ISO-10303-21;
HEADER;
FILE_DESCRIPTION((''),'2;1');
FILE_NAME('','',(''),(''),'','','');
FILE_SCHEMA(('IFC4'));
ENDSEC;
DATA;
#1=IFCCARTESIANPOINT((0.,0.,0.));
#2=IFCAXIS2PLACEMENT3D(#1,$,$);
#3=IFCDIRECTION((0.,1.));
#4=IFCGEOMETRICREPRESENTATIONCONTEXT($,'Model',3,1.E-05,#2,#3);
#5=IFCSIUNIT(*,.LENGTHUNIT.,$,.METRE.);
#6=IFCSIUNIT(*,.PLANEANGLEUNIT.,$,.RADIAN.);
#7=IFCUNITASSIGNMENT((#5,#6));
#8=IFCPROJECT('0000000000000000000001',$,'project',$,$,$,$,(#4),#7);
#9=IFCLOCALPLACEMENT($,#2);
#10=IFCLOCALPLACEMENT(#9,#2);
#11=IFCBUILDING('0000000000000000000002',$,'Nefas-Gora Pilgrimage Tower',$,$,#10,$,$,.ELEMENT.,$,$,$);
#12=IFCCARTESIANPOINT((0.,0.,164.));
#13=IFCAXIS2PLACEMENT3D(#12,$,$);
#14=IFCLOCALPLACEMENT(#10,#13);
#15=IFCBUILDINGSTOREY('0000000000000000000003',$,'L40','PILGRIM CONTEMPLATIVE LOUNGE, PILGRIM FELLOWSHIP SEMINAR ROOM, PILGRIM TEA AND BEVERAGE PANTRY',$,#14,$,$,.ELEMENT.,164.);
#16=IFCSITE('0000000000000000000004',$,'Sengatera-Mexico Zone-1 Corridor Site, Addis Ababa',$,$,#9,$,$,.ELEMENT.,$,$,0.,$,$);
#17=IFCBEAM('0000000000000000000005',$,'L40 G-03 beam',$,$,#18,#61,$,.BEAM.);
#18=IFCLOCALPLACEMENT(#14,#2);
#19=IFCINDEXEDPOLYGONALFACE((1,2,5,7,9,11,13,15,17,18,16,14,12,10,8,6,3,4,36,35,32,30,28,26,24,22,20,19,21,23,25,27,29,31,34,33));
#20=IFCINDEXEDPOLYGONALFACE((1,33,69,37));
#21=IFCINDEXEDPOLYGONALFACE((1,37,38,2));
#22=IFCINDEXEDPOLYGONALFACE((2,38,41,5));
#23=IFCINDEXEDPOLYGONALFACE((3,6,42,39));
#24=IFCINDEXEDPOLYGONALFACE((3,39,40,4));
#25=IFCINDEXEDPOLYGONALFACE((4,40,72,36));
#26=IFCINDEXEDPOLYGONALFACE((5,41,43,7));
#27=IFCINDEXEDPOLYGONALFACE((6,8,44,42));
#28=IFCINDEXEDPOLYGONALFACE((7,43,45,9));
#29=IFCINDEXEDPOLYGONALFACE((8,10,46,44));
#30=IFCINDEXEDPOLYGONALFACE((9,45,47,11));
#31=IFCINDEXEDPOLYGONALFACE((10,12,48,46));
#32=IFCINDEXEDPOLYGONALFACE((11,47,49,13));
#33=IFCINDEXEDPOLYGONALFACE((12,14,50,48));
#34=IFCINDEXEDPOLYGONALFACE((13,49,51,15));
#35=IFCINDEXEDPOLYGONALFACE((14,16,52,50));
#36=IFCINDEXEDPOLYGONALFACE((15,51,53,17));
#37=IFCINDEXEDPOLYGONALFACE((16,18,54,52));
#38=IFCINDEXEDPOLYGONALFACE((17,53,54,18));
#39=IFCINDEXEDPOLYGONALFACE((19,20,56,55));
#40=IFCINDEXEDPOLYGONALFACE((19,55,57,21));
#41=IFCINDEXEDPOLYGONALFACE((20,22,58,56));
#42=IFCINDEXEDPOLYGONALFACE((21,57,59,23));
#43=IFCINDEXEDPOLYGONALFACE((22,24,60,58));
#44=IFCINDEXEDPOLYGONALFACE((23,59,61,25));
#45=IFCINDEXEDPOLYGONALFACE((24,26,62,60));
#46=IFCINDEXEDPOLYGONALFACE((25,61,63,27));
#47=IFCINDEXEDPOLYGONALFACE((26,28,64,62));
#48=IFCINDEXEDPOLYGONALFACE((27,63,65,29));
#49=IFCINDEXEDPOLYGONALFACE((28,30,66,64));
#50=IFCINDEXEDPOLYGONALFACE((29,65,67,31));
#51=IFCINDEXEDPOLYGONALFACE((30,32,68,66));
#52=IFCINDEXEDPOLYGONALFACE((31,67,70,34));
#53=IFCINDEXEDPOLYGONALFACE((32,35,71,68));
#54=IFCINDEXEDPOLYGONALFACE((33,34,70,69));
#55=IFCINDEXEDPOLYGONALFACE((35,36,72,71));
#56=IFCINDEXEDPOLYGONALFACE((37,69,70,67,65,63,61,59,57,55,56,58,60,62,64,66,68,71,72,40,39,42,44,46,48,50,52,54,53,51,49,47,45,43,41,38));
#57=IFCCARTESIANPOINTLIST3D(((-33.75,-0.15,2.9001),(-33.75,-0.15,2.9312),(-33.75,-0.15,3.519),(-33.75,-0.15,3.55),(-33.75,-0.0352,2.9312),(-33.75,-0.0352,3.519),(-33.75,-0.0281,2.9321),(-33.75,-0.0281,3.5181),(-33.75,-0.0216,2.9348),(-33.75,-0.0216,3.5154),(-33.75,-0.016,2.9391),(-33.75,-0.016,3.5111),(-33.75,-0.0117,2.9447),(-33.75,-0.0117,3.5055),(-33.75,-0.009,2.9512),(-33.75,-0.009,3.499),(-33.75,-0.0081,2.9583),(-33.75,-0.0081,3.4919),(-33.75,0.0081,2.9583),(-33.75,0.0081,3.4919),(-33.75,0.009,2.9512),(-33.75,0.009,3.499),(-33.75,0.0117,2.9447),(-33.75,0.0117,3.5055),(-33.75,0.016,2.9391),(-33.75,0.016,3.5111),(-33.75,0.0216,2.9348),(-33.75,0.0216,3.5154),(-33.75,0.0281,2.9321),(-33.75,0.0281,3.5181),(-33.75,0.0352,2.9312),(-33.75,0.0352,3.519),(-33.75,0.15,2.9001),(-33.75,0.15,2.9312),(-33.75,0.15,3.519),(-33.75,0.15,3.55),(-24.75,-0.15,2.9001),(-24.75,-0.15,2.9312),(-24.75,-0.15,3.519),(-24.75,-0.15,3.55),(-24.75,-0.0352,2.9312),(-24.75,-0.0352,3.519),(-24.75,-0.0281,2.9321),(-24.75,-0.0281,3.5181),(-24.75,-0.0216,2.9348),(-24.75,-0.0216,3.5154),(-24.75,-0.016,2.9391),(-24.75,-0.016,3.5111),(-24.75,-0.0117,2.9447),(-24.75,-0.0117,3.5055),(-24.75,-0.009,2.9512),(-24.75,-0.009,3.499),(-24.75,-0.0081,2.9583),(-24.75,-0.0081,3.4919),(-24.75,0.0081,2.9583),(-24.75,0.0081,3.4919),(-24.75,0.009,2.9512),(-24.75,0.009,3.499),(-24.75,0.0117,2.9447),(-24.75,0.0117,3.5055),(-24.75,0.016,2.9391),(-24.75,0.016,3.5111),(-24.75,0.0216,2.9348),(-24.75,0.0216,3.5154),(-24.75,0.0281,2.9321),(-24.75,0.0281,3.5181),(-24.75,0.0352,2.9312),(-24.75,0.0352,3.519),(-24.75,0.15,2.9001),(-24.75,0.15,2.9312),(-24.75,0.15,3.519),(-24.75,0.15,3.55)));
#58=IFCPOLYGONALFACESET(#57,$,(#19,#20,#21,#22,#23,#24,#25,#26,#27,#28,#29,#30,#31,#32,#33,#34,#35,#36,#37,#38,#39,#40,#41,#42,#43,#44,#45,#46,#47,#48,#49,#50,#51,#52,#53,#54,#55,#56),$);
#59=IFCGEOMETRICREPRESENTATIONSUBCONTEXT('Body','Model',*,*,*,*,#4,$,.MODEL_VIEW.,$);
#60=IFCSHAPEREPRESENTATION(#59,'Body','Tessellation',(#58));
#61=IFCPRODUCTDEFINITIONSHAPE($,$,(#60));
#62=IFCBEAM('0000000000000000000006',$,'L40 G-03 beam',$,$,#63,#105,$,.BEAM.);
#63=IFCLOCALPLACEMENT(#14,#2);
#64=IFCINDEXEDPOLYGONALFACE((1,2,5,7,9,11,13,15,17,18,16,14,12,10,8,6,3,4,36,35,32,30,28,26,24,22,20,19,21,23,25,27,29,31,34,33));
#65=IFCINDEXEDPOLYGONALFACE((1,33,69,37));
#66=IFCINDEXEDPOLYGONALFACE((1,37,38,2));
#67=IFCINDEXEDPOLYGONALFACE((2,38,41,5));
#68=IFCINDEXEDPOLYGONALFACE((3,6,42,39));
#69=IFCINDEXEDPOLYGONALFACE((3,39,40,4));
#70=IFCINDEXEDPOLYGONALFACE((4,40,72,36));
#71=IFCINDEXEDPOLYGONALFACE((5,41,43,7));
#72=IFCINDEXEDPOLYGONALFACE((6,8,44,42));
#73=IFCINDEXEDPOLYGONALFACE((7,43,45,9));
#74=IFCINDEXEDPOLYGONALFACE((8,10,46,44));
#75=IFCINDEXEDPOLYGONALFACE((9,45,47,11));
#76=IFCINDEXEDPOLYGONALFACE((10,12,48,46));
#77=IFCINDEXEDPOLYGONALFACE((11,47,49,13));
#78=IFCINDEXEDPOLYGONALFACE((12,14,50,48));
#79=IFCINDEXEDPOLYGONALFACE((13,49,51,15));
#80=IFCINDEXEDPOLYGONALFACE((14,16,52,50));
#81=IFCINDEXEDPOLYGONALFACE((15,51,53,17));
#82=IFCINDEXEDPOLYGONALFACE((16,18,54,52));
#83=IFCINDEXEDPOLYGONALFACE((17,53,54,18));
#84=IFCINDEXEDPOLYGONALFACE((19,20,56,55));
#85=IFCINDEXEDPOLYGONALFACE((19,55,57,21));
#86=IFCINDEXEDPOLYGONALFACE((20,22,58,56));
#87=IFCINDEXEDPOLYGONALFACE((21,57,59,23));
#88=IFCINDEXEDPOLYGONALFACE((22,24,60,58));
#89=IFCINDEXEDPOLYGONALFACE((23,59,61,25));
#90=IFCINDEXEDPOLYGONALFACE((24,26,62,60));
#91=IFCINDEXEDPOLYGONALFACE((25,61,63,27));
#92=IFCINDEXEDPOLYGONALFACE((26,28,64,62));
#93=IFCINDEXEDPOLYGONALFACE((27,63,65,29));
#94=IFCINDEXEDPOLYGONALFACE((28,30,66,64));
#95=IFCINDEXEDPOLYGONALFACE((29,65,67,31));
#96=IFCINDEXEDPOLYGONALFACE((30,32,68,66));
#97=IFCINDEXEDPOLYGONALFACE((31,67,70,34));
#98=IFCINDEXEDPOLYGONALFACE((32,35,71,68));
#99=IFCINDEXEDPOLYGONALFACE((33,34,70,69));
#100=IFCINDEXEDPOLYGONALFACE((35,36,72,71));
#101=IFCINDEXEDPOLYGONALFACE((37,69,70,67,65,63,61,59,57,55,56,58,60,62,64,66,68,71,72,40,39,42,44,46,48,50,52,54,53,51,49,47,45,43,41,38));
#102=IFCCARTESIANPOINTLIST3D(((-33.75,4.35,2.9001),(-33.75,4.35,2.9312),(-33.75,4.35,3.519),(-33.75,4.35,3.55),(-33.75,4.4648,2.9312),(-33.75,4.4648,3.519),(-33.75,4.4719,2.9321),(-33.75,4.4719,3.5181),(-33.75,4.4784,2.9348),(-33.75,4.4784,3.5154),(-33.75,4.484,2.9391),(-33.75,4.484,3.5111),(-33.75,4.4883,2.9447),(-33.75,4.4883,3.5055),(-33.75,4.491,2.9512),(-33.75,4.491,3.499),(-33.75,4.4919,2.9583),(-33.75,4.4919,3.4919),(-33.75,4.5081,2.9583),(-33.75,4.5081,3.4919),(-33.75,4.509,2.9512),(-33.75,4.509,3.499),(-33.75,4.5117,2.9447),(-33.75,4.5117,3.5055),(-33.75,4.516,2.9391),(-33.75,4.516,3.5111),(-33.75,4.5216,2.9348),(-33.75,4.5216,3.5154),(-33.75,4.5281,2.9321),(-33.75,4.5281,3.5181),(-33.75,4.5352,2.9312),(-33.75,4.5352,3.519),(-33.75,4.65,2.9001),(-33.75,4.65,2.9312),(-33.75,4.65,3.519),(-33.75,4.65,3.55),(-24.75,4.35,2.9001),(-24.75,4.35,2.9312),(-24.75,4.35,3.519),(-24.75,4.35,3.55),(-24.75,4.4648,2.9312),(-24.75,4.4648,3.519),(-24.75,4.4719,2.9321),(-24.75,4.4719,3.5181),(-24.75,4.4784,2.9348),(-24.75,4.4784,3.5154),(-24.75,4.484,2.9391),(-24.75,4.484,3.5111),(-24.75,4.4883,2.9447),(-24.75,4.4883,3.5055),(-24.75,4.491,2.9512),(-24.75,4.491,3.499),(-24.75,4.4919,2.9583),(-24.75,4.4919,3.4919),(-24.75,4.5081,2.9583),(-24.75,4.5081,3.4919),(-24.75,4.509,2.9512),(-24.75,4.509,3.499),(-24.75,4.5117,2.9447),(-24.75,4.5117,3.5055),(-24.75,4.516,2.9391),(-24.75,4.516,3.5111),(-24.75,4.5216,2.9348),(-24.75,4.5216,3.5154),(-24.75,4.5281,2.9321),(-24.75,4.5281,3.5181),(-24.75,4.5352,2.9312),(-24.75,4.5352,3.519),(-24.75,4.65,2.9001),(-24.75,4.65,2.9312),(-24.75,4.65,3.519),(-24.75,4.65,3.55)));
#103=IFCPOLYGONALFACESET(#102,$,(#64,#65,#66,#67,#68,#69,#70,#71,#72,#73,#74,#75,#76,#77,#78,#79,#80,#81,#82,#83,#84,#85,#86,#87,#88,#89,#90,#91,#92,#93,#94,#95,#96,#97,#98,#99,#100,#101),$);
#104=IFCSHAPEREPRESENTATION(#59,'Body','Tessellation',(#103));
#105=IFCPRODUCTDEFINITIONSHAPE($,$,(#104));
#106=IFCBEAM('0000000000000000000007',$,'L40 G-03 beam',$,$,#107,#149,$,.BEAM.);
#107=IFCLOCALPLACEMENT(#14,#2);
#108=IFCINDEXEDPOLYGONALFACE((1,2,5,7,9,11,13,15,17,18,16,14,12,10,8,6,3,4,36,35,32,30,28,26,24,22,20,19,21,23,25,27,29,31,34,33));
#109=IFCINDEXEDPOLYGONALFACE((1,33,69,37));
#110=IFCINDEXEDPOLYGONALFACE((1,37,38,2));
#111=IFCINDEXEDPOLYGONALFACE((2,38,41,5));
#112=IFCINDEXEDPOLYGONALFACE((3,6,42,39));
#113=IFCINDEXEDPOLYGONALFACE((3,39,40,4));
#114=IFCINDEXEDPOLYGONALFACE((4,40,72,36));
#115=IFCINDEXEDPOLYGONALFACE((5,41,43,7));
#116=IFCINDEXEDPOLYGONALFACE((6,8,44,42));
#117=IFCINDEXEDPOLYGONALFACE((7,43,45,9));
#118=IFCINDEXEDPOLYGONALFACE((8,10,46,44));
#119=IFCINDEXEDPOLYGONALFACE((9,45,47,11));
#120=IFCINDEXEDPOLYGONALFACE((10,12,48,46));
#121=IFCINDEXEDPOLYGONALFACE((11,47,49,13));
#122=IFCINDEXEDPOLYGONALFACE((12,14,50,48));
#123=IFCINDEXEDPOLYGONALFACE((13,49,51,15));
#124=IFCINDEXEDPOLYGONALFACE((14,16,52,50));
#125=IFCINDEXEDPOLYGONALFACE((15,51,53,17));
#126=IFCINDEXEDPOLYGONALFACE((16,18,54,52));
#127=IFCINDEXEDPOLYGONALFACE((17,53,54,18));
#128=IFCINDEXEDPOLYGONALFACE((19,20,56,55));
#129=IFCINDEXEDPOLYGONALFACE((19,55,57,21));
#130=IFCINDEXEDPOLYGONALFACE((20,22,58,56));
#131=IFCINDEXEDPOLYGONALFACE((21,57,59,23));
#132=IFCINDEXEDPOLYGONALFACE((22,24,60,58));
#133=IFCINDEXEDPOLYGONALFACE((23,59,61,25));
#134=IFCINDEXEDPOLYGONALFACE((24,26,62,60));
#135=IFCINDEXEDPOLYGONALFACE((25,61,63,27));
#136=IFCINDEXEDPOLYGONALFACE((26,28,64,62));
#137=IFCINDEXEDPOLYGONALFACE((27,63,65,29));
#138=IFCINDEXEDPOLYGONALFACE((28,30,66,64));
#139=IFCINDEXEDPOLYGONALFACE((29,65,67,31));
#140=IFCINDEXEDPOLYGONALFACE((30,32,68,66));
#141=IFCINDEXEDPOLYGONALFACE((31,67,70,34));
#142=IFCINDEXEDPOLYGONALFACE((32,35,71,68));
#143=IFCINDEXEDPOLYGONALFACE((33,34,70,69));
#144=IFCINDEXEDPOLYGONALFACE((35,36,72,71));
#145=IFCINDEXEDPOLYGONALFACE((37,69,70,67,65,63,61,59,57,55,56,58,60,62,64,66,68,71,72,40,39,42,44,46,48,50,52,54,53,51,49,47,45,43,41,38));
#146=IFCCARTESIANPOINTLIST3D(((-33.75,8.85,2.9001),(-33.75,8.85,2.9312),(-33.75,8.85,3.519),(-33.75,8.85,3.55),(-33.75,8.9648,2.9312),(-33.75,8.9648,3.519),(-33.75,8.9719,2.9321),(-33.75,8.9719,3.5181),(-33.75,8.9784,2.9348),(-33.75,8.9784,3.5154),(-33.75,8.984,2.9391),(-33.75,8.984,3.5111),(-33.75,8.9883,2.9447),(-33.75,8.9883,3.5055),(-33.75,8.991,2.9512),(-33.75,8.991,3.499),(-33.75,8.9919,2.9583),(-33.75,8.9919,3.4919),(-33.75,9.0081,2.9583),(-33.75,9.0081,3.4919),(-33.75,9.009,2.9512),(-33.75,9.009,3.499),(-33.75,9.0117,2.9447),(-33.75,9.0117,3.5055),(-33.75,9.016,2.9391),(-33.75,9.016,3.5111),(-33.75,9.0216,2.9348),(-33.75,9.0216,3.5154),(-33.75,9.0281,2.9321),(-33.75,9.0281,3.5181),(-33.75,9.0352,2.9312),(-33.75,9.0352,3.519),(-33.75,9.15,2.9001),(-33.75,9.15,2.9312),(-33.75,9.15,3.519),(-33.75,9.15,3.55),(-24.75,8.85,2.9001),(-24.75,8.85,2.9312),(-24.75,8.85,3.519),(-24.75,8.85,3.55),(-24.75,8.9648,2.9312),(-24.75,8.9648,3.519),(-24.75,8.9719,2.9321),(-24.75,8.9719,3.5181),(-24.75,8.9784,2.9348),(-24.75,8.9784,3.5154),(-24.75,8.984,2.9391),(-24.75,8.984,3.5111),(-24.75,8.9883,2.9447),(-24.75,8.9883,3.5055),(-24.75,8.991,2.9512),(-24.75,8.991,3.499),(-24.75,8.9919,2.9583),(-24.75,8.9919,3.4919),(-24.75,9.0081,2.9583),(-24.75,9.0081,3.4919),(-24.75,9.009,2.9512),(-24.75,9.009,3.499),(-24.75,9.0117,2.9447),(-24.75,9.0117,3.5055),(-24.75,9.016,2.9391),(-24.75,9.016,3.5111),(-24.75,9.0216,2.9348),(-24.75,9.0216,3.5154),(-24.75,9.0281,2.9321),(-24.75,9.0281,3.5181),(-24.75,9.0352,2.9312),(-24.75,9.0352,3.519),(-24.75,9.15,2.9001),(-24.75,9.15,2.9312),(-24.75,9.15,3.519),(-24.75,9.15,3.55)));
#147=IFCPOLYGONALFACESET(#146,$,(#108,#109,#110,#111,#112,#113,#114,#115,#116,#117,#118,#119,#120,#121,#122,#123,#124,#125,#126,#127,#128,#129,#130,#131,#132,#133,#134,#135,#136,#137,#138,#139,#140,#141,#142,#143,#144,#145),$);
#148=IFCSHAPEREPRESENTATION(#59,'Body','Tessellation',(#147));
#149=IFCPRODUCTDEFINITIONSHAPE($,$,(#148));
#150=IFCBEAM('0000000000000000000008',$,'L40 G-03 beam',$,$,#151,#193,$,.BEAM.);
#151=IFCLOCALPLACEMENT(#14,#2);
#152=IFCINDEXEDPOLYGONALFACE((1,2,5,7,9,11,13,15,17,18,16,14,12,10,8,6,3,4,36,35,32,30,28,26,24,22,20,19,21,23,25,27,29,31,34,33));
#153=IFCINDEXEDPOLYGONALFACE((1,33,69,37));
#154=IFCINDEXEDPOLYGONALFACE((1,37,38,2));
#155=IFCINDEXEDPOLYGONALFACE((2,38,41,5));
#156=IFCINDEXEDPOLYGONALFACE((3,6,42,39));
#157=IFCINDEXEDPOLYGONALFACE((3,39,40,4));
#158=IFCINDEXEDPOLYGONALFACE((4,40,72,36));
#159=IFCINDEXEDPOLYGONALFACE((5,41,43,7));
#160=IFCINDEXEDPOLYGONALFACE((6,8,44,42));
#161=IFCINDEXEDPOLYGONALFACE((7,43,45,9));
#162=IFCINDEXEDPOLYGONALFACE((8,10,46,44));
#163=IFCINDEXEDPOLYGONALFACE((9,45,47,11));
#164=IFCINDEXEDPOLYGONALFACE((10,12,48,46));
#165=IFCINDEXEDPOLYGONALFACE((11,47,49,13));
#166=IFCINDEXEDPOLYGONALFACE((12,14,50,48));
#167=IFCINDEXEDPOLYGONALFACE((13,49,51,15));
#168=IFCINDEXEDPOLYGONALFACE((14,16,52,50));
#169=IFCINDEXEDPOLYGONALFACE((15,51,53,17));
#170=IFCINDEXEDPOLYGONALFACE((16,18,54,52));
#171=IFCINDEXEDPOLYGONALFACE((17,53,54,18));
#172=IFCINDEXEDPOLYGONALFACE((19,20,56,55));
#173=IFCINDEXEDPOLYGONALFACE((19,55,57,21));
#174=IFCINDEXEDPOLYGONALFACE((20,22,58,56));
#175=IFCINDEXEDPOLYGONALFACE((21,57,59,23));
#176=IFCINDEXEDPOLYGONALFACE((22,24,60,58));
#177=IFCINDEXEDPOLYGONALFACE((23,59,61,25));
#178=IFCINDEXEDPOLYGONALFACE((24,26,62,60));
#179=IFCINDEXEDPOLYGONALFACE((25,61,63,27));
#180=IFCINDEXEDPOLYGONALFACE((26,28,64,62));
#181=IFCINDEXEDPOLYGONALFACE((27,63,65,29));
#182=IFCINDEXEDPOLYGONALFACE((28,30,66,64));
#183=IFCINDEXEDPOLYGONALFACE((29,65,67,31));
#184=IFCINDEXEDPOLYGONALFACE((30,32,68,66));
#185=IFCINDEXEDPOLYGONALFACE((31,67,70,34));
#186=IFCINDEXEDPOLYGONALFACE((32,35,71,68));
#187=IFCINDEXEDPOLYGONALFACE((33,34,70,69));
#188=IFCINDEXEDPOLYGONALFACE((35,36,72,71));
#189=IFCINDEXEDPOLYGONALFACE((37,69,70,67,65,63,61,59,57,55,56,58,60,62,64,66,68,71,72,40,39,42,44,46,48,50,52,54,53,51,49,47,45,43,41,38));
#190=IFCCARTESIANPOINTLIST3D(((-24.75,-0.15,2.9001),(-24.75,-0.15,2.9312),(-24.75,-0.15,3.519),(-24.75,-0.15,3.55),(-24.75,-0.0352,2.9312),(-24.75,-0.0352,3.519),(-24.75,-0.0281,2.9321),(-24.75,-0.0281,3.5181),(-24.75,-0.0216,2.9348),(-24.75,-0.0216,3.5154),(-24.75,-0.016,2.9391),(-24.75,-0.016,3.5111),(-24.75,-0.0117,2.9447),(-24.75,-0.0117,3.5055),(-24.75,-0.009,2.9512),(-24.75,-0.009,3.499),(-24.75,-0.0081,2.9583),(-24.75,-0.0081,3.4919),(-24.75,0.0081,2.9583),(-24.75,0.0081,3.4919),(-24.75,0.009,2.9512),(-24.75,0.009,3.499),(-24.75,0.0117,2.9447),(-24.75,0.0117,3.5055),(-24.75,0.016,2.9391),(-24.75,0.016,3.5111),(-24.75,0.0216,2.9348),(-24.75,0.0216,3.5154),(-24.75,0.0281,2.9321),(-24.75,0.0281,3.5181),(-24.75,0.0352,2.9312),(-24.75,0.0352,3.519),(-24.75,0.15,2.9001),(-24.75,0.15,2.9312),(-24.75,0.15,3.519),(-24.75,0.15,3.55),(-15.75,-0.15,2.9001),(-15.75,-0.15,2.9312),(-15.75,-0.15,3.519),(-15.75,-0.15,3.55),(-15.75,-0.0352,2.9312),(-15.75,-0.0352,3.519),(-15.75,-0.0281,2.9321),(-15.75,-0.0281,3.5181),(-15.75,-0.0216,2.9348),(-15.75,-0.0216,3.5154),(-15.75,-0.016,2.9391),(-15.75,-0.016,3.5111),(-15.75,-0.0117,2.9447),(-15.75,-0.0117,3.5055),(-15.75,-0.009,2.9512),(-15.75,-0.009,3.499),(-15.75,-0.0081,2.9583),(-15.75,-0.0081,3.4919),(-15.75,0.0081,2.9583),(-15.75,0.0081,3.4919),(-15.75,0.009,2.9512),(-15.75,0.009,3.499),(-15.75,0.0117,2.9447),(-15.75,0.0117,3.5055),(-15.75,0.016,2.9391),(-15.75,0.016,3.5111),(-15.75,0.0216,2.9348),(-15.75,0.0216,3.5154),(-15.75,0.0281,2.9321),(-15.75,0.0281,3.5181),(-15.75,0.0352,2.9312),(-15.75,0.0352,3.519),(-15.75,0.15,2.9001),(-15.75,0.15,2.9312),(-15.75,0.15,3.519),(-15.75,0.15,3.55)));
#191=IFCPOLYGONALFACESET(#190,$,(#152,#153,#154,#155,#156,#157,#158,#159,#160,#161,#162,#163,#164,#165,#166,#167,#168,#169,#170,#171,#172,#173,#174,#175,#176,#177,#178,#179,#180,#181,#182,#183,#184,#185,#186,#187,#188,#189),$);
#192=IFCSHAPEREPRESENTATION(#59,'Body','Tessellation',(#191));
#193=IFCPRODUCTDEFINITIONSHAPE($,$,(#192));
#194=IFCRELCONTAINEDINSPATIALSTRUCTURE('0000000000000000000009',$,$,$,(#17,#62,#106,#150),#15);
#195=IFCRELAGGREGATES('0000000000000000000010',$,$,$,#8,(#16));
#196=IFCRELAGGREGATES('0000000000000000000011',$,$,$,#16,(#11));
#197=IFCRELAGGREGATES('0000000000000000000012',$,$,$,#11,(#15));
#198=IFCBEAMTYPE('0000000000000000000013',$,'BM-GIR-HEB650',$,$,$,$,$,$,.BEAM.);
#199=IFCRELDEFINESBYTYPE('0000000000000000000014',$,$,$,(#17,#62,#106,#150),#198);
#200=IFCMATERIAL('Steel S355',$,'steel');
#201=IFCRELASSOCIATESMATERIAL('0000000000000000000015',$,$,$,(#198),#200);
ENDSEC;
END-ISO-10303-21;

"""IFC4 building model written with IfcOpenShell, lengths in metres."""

from ifc_helpers import new_model, si_unit, direction, frame, origin, origin_2d, place, context, subcontext, project, spatial, i_section, extrude, source, transform, mapped, material, material_profile, profile_set, type_object, element, save


model = new_model("IFC4")

# Units and contexts
model_context = context("Model", 3, precision=1e-05, world=origin(), true_north=direction((0.0, 1.0)))
body_context = subcontext(model_context, "Body", "Model", "MODEL_VIEW")
ifc_project = project(units=[si_unit("LENGTHUNIT", "METRE"), si_unit("PLANEANGLEUNIT", "RADIAN")], contexts=[model_context])

# Site, building, storey
site_placement = place(None, origin())
site = spatial("IfcSite", under=ifc_project, at=site_placement, Name="Sengatera-Mexico Zone-1 Corridor Site, Addis Ababa", CompositionType="ELEMENT", RefElevation=0.0)
building_placement = place(site_placement, origin())
building = spatial("IfcBuilding", under=site, at=building_placement, Name="Nefas-Gora Pilgrimage Tower", CompositionType="ELEMENT")
storey_placement = place(building_placement, frame((0.0, 0.0, 164.0)))
storey = spatial("IfcBuildingStorey", under=building, at=storey_placement, Name="L40", Description="PILGRIM CONTEMPLATIVE LOUNGE, PILGRIM FELLOWSHIP SEMINAR ROOM, PILGRIM TEA AND BEVERAGE PANTRY", CompositionType="ELEMENT", Elevation=164.0)

# Beams
ifc_material_1 = material(Name="Steel S355", Category="steel")
ifc_material_profile_1 = material_profile(ifc_material_1, i_section(OverallWidth=0.3, OverallDepth=0.6499, WebThickness=0.0161, FlangeThickness=0.031, FilletRadius=0.0271, at=origin_2d()), Name="HEB 650")
ifc_profile_set_1 = profile_set([ifc_material_profile_1], Name="Steel S355")
beam_type_1 = type_object("IfcBeamType", Name="BM-GIR-HEB650", PredefinedType="BEAM", material=ifc_profile_set_1)
shared_shape_1 = source(origin(), body_context, "Body", "SweptSolid", [
    extrude(i_section(OverallWidth=0.3, OverallDepth=0.6499, WebThickness=0.0161, FlangeThickness=0.031, FilletRadius=0.0271, at=origin_2d()), origin(), (0.0, 0.0, 1.0), 9.0),
])
for number, where, z_axis, x_axis, name in (
    (1, (-33.75, 0.0, 3.2251), (1.0, 0.0, 0.0), (0.0, 1.0, 0.0), "L40 G-03 beam"),
    (2, (-33.75, 4.5, 3.2251), (1.0, 0.0, 0.0), (0.0, 1.0, 0.0), "L40 G-03 beam"),
    (3, (-33.75, 9.0, 3.2251), (1.0, 0.0, 0.0), (0.0, 1.0, 0.0), "L40 G-03 beam"),
    (4, (-24.75, 0.0, 3.2251), (1.0, 0.0, 0.0), (0.0, 1.0, 0.0), "L40 G-03 beam"),
):
    element("IfcBeam", number, at=place(storey_placement, frame(where, z_axis=z_axis, x_axis=x_axis)), inside=storey, type_object=beam_type_1, Name=name, PredefinedType="BEAM", context=body_context, shape_type="MappedRepresentation", body=[
        mapped(shared_shape_1, transform((0.0, 0.0, 0.0), x_axis=(1.0, 0.0, 0.0), y_axis=(0.0, 1.0, 0.0), z_axis=(0.0, 0.0, 1.0), scale=1.0)),
    ])

save(model, "model.ifc")
